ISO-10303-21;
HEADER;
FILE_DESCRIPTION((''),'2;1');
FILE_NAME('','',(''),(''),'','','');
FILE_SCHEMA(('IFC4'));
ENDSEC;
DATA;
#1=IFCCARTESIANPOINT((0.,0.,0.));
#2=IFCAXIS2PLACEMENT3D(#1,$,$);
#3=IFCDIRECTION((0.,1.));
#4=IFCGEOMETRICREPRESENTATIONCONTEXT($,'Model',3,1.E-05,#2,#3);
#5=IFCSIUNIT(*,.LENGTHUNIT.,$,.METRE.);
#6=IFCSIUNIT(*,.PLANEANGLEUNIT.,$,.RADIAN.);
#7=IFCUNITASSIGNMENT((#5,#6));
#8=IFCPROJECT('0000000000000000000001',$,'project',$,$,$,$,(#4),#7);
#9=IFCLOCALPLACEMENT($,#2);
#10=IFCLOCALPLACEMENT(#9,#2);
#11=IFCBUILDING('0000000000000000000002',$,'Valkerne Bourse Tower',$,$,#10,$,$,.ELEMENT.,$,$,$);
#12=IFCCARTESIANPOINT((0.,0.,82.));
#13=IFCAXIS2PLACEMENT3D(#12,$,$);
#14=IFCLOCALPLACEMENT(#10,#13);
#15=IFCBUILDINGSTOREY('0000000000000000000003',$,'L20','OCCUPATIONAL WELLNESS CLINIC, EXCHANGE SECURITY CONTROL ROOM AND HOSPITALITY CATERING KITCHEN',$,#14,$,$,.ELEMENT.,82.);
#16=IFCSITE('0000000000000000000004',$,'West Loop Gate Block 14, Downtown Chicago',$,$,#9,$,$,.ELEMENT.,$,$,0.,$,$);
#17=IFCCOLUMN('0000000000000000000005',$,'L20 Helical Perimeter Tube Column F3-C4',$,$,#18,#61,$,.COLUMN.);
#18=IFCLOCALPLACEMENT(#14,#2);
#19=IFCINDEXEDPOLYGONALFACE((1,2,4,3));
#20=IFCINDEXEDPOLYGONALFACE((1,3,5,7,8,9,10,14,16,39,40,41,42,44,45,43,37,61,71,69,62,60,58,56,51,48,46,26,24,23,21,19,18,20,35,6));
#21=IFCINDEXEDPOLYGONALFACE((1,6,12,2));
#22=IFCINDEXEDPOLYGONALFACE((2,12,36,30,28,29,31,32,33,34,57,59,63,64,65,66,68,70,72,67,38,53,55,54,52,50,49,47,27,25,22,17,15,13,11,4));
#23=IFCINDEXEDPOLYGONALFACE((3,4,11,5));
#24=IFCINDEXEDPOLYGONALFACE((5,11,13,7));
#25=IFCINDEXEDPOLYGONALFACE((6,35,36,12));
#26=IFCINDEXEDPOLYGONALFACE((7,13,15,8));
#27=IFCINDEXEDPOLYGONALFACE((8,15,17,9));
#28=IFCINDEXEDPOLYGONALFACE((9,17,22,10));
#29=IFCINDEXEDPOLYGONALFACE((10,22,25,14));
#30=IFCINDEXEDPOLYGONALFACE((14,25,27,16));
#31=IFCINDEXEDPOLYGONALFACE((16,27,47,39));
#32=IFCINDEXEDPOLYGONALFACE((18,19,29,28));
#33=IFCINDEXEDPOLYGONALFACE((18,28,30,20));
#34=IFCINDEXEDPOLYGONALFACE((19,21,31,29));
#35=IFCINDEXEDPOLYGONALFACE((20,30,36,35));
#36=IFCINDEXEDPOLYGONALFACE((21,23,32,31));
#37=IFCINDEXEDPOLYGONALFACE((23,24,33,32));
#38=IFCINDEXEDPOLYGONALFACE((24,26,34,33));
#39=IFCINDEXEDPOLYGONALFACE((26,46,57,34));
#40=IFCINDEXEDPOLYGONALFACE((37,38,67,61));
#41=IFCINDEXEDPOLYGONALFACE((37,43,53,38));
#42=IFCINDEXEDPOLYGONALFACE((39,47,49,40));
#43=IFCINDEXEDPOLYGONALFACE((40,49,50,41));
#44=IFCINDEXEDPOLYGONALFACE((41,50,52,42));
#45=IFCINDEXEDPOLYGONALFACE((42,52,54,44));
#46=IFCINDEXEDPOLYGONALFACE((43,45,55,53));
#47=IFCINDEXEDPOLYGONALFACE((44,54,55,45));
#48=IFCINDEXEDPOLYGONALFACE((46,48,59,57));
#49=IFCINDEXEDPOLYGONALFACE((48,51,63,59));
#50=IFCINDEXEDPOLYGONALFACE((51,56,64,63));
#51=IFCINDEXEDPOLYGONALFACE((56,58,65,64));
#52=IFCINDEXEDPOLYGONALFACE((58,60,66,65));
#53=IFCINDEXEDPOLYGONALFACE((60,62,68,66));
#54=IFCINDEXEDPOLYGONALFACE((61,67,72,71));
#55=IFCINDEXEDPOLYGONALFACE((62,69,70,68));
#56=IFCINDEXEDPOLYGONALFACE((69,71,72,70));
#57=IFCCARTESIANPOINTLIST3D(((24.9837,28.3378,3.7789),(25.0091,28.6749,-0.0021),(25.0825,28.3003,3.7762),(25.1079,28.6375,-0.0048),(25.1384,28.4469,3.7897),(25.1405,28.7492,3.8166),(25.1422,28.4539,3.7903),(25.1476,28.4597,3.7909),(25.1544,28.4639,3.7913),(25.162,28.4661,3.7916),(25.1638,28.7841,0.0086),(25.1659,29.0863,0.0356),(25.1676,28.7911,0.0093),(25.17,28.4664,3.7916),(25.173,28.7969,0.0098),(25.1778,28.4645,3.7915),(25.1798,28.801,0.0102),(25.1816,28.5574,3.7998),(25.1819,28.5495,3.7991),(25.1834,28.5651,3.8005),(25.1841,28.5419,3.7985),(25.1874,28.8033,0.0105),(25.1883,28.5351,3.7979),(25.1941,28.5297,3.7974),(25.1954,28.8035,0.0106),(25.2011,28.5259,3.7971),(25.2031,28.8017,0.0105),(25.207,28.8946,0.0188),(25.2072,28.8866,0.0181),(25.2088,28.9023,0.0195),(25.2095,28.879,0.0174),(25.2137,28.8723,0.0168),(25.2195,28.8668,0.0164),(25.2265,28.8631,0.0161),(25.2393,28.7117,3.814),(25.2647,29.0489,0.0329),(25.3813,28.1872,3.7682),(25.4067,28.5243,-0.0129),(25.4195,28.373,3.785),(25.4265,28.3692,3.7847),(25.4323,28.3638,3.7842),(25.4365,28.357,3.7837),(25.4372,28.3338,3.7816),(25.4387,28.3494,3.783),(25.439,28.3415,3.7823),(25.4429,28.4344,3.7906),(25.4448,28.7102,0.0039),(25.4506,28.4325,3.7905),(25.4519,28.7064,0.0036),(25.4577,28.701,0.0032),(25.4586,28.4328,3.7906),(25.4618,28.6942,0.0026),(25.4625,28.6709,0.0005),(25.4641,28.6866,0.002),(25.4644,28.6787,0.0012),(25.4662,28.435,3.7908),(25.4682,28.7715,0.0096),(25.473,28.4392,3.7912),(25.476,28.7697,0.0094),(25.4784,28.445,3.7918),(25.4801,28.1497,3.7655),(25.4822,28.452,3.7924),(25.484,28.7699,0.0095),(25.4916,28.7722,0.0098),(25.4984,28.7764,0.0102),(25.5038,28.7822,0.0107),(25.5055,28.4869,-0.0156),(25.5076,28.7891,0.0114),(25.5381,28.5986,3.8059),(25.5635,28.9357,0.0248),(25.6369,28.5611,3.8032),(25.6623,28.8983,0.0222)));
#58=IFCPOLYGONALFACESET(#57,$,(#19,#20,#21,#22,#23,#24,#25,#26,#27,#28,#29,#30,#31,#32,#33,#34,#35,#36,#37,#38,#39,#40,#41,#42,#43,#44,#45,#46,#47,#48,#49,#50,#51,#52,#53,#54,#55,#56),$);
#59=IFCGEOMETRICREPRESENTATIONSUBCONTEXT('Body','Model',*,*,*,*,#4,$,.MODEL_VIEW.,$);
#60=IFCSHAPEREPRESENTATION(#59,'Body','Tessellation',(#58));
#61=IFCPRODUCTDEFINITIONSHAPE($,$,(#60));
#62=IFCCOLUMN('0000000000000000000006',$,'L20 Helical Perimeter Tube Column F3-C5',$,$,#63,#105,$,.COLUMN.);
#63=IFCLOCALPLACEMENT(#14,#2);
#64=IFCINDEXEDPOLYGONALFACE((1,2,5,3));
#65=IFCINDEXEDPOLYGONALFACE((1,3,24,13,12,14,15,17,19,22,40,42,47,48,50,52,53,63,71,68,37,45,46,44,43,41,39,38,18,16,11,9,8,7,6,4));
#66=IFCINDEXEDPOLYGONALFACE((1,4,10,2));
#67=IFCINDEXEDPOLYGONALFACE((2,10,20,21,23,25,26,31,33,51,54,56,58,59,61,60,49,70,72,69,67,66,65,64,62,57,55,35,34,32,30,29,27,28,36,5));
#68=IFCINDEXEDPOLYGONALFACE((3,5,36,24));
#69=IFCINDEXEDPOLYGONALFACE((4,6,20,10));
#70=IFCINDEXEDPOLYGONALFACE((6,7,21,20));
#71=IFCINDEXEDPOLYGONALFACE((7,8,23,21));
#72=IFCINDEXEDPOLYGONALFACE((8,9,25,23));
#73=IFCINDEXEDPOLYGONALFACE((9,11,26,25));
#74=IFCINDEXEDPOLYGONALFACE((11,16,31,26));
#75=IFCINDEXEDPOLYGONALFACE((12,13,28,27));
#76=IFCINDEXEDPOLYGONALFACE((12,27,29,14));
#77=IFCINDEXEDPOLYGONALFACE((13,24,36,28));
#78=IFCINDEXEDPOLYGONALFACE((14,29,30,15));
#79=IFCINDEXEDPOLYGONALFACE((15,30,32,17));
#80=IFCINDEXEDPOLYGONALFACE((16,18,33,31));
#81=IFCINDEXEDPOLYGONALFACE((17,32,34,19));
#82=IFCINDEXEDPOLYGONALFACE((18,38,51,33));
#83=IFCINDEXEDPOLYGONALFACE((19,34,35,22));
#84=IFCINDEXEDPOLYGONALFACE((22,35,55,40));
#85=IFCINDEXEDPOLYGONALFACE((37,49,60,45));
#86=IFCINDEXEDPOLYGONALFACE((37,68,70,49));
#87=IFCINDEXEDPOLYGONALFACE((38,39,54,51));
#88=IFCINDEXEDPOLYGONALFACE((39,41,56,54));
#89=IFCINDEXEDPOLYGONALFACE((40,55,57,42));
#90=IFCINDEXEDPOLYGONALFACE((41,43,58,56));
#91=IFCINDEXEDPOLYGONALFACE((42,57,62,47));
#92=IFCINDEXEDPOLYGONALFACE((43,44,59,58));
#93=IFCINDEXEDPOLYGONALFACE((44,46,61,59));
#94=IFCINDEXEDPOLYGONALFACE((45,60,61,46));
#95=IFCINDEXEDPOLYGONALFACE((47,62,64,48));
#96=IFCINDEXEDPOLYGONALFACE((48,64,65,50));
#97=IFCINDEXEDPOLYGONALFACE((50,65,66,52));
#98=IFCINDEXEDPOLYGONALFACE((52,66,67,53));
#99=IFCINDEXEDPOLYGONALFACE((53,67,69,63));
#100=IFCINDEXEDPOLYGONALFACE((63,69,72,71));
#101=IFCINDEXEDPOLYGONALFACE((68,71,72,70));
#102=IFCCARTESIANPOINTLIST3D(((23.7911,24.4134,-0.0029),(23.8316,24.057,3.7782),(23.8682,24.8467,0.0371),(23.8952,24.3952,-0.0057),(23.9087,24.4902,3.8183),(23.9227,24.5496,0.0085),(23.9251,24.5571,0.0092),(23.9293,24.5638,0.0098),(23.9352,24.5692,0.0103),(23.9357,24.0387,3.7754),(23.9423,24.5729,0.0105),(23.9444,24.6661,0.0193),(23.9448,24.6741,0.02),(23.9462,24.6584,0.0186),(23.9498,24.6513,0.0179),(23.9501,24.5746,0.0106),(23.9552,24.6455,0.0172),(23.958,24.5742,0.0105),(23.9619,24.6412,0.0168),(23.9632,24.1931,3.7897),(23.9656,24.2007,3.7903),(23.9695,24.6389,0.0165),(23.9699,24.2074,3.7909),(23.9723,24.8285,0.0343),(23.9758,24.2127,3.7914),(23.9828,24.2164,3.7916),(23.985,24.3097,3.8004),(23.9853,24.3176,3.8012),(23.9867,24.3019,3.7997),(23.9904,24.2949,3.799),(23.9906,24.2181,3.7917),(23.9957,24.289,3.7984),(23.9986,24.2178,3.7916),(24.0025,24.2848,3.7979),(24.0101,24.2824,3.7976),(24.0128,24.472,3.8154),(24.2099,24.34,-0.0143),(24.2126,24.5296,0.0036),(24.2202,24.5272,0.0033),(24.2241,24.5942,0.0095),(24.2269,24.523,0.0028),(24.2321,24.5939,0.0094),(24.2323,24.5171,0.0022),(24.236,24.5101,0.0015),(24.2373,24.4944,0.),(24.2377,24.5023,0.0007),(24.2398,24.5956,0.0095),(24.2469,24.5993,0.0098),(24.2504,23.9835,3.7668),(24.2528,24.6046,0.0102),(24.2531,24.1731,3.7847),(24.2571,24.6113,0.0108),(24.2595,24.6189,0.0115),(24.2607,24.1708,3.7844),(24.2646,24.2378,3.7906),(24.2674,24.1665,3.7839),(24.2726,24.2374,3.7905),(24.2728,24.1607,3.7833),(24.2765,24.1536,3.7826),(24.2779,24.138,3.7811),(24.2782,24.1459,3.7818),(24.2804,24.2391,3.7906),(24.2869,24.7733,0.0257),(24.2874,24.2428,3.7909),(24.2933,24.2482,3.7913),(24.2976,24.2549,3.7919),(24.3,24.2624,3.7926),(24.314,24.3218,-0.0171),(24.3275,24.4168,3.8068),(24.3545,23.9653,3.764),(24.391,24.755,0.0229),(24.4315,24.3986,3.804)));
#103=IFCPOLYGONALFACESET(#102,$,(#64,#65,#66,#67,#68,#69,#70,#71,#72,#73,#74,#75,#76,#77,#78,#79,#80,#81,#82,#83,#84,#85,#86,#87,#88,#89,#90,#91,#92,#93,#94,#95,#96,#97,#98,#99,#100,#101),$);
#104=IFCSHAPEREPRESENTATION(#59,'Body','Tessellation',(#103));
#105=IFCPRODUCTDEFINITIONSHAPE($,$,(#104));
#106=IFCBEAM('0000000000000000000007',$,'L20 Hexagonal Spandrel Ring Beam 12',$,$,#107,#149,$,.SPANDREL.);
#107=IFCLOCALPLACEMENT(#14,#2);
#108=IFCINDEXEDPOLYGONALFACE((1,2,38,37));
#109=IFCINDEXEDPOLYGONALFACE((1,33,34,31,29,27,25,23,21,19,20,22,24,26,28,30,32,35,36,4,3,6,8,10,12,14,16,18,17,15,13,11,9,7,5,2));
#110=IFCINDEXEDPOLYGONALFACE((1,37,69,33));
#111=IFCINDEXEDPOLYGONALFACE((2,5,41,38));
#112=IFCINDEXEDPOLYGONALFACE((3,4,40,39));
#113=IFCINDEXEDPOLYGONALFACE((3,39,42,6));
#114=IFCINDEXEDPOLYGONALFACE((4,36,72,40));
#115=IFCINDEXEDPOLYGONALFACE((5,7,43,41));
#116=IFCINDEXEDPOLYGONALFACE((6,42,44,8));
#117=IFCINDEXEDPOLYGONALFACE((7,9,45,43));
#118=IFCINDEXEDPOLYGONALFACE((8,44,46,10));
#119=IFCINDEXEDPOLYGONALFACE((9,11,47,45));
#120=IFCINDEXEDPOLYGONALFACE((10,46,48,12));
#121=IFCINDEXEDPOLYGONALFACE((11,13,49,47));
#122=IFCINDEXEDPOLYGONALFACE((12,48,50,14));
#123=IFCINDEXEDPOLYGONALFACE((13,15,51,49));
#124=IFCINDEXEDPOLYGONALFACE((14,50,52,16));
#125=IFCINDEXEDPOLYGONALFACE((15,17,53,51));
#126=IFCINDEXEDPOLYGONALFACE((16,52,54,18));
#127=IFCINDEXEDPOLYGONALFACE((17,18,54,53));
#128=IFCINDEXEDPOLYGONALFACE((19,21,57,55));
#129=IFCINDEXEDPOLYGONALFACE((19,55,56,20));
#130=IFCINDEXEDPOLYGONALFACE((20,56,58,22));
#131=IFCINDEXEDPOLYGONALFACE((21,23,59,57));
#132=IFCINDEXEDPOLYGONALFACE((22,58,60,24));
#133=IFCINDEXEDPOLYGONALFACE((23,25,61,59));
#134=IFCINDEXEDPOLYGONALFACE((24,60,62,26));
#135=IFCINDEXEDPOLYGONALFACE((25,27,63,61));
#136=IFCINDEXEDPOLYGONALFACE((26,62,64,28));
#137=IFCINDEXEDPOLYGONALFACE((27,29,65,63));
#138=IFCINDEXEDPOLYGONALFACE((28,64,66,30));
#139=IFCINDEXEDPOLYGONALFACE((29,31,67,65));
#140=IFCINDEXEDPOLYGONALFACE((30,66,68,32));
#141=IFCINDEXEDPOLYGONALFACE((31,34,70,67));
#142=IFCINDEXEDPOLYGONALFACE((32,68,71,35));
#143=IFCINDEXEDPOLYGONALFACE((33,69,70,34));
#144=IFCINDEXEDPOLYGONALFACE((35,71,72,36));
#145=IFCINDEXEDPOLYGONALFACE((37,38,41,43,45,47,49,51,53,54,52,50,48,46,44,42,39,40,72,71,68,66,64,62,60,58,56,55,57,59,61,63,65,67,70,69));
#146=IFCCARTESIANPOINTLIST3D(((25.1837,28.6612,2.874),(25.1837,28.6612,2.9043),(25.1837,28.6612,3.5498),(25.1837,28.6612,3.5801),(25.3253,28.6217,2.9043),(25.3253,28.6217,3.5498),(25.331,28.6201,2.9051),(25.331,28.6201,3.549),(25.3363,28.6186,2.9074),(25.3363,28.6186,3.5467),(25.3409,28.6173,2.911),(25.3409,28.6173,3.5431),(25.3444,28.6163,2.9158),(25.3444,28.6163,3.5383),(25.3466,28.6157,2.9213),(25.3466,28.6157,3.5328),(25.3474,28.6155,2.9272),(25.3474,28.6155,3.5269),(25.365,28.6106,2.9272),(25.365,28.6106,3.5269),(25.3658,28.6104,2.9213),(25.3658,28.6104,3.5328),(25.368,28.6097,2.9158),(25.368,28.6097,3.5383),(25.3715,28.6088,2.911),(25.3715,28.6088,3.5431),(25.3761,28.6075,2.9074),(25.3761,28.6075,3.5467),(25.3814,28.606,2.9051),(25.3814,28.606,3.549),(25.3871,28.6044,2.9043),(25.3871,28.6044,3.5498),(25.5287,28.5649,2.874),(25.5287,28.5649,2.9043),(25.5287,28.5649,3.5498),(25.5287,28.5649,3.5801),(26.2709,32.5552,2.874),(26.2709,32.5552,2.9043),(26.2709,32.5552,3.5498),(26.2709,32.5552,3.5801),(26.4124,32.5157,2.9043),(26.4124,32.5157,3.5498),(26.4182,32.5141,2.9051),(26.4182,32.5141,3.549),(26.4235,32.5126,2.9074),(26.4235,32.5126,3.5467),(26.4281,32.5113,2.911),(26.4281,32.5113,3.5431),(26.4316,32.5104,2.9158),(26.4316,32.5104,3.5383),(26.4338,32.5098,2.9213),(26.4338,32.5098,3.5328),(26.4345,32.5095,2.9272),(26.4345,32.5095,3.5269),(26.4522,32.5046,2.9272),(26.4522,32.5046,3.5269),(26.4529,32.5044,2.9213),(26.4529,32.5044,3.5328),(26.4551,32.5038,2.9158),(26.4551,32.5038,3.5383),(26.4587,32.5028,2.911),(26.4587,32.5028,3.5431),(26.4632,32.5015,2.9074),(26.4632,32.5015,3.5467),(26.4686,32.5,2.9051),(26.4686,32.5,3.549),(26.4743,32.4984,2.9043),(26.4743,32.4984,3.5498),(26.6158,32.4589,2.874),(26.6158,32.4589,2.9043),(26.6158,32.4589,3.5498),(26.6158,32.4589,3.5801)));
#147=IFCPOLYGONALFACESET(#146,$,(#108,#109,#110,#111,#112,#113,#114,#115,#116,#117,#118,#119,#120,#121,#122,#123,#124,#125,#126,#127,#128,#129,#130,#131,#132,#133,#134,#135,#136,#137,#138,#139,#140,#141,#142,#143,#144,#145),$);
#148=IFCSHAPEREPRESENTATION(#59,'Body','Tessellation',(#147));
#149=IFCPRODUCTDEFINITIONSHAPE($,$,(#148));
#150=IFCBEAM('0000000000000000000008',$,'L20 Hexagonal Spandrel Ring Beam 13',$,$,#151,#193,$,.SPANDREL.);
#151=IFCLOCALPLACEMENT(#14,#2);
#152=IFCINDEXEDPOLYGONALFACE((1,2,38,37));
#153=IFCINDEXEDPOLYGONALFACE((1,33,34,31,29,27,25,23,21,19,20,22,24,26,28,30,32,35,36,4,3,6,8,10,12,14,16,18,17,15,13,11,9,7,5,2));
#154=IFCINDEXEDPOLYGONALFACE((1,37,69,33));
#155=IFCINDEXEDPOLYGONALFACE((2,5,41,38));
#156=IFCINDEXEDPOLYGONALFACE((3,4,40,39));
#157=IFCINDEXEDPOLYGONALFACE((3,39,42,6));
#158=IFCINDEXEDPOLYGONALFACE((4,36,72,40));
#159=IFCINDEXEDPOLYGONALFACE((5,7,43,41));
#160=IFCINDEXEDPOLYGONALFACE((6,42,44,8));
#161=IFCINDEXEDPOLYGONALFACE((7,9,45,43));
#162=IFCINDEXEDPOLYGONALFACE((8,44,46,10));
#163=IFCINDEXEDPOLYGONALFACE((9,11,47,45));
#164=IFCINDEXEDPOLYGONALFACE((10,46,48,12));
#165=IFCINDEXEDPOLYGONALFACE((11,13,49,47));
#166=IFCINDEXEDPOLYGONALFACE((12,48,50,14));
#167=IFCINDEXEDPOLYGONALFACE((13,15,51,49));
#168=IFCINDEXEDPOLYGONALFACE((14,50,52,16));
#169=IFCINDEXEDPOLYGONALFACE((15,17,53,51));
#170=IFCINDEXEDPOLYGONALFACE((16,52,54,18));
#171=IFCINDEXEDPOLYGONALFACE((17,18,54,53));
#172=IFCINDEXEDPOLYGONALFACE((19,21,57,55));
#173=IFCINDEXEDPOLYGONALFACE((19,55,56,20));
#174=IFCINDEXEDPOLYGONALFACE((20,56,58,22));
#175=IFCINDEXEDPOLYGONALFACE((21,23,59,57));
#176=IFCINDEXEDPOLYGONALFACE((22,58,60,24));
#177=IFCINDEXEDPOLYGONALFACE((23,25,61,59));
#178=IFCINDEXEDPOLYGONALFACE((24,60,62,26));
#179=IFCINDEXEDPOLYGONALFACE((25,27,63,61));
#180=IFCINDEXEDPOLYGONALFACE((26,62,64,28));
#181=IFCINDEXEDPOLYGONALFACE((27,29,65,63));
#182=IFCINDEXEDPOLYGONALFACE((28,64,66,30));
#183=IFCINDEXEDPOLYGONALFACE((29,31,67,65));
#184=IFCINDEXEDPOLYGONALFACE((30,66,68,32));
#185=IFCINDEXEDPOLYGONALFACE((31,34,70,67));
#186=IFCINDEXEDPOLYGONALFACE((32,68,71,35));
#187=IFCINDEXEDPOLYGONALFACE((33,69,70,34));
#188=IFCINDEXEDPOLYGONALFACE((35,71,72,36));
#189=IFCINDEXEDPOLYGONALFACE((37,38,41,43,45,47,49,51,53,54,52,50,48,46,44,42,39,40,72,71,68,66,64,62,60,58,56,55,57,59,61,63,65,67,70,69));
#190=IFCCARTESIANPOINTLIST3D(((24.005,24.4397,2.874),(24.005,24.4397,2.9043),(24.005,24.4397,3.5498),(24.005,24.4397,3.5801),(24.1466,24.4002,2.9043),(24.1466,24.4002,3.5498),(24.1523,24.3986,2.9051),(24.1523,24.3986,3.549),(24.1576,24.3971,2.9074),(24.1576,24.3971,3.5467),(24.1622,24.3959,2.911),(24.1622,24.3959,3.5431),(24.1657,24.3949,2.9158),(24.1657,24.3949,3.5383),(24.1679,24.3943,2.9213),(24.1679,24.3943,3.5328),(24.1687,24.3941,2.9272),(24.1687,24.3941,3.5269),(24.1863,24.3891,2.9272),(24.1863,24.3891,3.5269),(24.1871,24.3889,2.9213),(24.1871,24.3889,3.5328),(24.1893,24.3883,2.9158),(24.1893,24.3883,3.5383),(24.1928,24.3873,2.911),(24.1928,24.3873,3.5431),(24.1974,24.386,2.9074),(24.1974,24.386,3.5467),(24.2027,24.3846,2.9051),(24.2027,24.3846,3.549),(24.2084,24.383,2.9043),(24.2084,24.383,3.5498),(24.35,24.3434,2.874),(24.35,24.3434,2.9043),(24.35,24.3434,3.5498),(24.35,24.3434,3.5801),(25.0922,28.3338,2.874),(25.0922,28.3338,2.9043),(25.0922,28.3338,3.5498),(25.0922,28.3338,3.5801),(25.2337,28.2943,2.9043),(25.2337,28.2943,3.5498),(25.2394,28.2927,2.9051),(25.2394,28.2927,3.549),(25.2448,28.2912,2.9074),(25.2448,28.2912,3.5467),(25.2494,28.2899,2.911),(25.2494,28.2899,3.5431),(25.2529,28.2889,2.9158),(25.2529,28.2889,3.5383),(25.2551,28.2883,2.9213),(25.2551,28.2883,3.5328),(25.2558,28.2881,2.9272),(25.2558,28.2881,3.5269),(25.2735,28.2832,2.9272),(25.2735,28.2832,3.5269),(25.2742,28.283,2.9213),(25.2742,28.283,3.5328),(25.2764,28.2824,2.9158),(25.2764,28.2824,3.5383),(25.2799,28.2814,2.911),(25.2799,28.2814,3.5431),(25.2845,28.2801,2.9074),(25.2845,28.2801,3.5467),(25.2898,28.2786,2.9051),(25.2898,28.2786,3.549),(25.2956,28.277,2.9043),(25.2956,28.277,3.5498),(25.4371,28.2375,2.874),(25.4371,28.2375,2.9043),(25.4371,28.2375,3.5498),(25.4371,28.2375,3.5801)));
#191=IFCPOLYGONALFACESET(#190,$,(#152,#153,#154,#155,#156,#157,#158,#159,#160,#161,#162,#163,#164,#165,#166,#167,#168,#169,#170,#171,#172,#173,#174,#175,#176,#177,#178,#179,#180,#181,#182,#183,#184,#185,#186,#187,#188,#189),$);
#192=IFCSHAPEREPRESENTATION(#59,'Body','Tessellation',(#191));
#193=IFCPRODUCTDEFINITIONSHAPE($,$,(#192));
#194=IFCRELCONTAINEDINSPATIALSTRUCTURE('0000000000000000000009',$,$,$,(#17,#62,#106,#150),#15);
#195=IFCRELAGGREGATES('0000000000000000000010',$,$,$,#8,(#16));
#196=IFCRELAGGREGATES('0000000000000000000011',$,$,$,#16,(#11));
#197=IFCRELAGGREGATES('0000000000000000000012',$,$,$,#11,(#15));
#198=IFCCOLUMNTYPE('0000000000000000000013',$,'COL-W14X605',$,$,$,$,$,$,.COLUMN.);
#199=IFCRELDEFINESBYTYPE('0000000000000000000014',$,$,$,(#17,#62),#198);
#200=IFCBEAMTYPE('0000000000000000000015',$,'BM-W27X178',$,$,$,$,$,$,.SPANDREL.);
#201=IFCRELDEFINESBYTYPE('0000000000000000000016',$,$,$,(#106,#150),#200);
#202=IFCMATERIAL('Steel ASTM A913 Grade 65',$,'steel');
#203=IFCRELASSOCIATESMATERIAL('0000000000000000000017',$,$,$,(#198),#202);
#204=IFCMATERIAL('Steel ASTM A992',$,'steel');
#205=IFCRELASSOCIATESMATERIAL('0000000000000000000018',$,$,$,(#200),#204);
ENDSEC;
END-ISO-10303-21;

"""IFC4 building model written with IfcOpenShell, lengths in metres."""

from ifc_helpers import new_model, si_unit, direction, frame, origin, origin_2d, place, context, subcontext, project, spatial, i_section, extrude, material, material_profile, profile_set, type_object, element, save


model = new_model("IFC4")

# Units and contexts
model_context = context("Model", 3, precision=1e-05, world=origin(), true_north=direction((0.0, 1.0)))
body_context = subcontext(model_context, "Body", "Model", "MODEL_VIEW")
ifc_project = project(units=[si_unit("LENGTHUNIT", "METRE"), si_unit("PLANEANGLEUNIT", "RADIAN")], contexts=[model_context])

# Site, building, storey
site_placement = place(None, origin())
site = spatial("IfcSite", under=ifc_project, at=site_placement, Name="West Loop Gate Block 14, Downtown Chicago", CompositionType="ELEMENT", RefElevation=0.0)
building_placement = place(site_placement, origin())
building = spatial("IfcBuilding", under=site, at=building_placement, Name="Valkerne Bourse Tower", CompositionType="ELEMENT")
storey_placement = place(building_placement, frame((0.0, 0.0, 82.0)))
storey = spatial("IfcBuildingStorey", under=building, at=storey_placement, Name="L20", Description="OCCUPATIONAL WELLNESS CLINIC, EXCHANGE SECURITY CONTROL ROOM AND HOSPITALITY CATERING KITCHEN", CompositionType="ELEMENT", Elevation=82.0)

# Columns
ifc_material_1 = material(Name="Steel ASTM A913 Grade 65", Category="steel")
ifc_material_profile_1 = material_profile(ifc_material_1, i_section(OverallWidth=0.4419, OverallDepth=0.531, WebThickness=0.0659, FlangeThickness=0.1057, FilletRadius=0.0305, at=origin_2d()), Name="W14X605")
ifc_profile_set_1 = profile_set([ifc_material_profile_1], Name="Steel ASTM A913 Grade 65")
column_type = type_object("IfcColumnType", Name="COL-W14X605", PredefinedType="COLUMN", material=ifc_profile_set_1)
column_1_placement = place(storey_placement, frame((25.3357, 28.7866, 0.01), z_axis=(-0.006689, -0.088817, 0.996025), x_axis=(-0.35493, -0.930984, -0.085401)))
element("IfcColumn", 1, at=column_1_placement, inside=storey, type_object=column_type, Name="L20 Helical Perimeter Tube Column F3-C4", PredefinedType="COLUMN", context=body_context, shape_type="SweptSolid", body=[
    extrude(i_section(OverallWidth=0.4419, OverallDepth=0.531, WebThickness=0.0659, FlangeThickness=0.1057, FilletRadius=0.0305, at=origin_2d()), origin(), (0.0, 0.0, 1.0), 3.7961),
])
column_2_placement = place(storey_placement, frame((24.0911, 24.5842, 0.01), z_axis=(0.010671, -0.093851, 0.995529), x_axis=(-0.174363, -0.980508, -0.090566)))
element("IfcColumn", 2, at=column_2_placement, inside=storey, type_object=column_type, Name="L20 Helical Perimeter Tube Column F3-C5", PredefinedType="COLUMN", context=body_context, shape_type="SweptSolid", body=[
    extrude(i_section(OverallWidth=0.4419, OverallDepth=0.531, WebThickness=0.0659, FlangeThickness=0.1057, FilletRadius=0.0305, at=origin_2d()), origin(), (0.0, 0.0, 1.0), 3.7981),
])

# Beams
ifc_material_2 = material(Name="Steel ASTM A992", Category="steel")
ifc_material_profile_2 = material_profile(ifc_material_2, i_section(OverallWidth=0.3582, OverallDepth=0.7061, WebThickness=0.0183, FlangeThickness=0.0303, FilletRadius=0.0229, at=origin_2d()), Name="W27X178")
ifc_profile_set_2 = profile_set([ifc_material_profile_2], Name="Steel ASTM A992")
beam_type_1 = type_object("IfcBeamType", Name="BM-W27X178", PredefinedType="SPANDREL", material=ifc_profile_set_2)
for number, where, z_axis, x_axis, name in (
    (3, (26.4434, 32.5071, 3.2271), (-0.268902, -0.963168, 0.0), (0.963168, -0.268902, 0.0), "L20 Hexagonal Spandrel Ring Beam 12"),
    (4, (25.2646, 28.2856, 3.2271), (-0.268902, -0.963168, 0.0), (0.963168, -0.268902, 0.0), "L20 Hexagonal Spandrel Ring Beam 13"),
):
    element("IfcBeam", number, at=place(storey_placement, frame(where, z_axis=z_axis, x_axis=x_axis)), inside=storey, type_object=beam_type_1, Name=name, PredefinedType="SPANDREL", context=body_context, shape_type="SweptSolid", body=[
        extrude(i_section(OverallWidth=0.3582, OverallDepth=0.7061, WebThickness=0.0183, FlangeThickness=0.0303, FilletRadius=0.0229, at=origin_2d()), origin(), (0.0, 0.0, 1.0), 4.043),
    ])

save(model, "model.ifc")
